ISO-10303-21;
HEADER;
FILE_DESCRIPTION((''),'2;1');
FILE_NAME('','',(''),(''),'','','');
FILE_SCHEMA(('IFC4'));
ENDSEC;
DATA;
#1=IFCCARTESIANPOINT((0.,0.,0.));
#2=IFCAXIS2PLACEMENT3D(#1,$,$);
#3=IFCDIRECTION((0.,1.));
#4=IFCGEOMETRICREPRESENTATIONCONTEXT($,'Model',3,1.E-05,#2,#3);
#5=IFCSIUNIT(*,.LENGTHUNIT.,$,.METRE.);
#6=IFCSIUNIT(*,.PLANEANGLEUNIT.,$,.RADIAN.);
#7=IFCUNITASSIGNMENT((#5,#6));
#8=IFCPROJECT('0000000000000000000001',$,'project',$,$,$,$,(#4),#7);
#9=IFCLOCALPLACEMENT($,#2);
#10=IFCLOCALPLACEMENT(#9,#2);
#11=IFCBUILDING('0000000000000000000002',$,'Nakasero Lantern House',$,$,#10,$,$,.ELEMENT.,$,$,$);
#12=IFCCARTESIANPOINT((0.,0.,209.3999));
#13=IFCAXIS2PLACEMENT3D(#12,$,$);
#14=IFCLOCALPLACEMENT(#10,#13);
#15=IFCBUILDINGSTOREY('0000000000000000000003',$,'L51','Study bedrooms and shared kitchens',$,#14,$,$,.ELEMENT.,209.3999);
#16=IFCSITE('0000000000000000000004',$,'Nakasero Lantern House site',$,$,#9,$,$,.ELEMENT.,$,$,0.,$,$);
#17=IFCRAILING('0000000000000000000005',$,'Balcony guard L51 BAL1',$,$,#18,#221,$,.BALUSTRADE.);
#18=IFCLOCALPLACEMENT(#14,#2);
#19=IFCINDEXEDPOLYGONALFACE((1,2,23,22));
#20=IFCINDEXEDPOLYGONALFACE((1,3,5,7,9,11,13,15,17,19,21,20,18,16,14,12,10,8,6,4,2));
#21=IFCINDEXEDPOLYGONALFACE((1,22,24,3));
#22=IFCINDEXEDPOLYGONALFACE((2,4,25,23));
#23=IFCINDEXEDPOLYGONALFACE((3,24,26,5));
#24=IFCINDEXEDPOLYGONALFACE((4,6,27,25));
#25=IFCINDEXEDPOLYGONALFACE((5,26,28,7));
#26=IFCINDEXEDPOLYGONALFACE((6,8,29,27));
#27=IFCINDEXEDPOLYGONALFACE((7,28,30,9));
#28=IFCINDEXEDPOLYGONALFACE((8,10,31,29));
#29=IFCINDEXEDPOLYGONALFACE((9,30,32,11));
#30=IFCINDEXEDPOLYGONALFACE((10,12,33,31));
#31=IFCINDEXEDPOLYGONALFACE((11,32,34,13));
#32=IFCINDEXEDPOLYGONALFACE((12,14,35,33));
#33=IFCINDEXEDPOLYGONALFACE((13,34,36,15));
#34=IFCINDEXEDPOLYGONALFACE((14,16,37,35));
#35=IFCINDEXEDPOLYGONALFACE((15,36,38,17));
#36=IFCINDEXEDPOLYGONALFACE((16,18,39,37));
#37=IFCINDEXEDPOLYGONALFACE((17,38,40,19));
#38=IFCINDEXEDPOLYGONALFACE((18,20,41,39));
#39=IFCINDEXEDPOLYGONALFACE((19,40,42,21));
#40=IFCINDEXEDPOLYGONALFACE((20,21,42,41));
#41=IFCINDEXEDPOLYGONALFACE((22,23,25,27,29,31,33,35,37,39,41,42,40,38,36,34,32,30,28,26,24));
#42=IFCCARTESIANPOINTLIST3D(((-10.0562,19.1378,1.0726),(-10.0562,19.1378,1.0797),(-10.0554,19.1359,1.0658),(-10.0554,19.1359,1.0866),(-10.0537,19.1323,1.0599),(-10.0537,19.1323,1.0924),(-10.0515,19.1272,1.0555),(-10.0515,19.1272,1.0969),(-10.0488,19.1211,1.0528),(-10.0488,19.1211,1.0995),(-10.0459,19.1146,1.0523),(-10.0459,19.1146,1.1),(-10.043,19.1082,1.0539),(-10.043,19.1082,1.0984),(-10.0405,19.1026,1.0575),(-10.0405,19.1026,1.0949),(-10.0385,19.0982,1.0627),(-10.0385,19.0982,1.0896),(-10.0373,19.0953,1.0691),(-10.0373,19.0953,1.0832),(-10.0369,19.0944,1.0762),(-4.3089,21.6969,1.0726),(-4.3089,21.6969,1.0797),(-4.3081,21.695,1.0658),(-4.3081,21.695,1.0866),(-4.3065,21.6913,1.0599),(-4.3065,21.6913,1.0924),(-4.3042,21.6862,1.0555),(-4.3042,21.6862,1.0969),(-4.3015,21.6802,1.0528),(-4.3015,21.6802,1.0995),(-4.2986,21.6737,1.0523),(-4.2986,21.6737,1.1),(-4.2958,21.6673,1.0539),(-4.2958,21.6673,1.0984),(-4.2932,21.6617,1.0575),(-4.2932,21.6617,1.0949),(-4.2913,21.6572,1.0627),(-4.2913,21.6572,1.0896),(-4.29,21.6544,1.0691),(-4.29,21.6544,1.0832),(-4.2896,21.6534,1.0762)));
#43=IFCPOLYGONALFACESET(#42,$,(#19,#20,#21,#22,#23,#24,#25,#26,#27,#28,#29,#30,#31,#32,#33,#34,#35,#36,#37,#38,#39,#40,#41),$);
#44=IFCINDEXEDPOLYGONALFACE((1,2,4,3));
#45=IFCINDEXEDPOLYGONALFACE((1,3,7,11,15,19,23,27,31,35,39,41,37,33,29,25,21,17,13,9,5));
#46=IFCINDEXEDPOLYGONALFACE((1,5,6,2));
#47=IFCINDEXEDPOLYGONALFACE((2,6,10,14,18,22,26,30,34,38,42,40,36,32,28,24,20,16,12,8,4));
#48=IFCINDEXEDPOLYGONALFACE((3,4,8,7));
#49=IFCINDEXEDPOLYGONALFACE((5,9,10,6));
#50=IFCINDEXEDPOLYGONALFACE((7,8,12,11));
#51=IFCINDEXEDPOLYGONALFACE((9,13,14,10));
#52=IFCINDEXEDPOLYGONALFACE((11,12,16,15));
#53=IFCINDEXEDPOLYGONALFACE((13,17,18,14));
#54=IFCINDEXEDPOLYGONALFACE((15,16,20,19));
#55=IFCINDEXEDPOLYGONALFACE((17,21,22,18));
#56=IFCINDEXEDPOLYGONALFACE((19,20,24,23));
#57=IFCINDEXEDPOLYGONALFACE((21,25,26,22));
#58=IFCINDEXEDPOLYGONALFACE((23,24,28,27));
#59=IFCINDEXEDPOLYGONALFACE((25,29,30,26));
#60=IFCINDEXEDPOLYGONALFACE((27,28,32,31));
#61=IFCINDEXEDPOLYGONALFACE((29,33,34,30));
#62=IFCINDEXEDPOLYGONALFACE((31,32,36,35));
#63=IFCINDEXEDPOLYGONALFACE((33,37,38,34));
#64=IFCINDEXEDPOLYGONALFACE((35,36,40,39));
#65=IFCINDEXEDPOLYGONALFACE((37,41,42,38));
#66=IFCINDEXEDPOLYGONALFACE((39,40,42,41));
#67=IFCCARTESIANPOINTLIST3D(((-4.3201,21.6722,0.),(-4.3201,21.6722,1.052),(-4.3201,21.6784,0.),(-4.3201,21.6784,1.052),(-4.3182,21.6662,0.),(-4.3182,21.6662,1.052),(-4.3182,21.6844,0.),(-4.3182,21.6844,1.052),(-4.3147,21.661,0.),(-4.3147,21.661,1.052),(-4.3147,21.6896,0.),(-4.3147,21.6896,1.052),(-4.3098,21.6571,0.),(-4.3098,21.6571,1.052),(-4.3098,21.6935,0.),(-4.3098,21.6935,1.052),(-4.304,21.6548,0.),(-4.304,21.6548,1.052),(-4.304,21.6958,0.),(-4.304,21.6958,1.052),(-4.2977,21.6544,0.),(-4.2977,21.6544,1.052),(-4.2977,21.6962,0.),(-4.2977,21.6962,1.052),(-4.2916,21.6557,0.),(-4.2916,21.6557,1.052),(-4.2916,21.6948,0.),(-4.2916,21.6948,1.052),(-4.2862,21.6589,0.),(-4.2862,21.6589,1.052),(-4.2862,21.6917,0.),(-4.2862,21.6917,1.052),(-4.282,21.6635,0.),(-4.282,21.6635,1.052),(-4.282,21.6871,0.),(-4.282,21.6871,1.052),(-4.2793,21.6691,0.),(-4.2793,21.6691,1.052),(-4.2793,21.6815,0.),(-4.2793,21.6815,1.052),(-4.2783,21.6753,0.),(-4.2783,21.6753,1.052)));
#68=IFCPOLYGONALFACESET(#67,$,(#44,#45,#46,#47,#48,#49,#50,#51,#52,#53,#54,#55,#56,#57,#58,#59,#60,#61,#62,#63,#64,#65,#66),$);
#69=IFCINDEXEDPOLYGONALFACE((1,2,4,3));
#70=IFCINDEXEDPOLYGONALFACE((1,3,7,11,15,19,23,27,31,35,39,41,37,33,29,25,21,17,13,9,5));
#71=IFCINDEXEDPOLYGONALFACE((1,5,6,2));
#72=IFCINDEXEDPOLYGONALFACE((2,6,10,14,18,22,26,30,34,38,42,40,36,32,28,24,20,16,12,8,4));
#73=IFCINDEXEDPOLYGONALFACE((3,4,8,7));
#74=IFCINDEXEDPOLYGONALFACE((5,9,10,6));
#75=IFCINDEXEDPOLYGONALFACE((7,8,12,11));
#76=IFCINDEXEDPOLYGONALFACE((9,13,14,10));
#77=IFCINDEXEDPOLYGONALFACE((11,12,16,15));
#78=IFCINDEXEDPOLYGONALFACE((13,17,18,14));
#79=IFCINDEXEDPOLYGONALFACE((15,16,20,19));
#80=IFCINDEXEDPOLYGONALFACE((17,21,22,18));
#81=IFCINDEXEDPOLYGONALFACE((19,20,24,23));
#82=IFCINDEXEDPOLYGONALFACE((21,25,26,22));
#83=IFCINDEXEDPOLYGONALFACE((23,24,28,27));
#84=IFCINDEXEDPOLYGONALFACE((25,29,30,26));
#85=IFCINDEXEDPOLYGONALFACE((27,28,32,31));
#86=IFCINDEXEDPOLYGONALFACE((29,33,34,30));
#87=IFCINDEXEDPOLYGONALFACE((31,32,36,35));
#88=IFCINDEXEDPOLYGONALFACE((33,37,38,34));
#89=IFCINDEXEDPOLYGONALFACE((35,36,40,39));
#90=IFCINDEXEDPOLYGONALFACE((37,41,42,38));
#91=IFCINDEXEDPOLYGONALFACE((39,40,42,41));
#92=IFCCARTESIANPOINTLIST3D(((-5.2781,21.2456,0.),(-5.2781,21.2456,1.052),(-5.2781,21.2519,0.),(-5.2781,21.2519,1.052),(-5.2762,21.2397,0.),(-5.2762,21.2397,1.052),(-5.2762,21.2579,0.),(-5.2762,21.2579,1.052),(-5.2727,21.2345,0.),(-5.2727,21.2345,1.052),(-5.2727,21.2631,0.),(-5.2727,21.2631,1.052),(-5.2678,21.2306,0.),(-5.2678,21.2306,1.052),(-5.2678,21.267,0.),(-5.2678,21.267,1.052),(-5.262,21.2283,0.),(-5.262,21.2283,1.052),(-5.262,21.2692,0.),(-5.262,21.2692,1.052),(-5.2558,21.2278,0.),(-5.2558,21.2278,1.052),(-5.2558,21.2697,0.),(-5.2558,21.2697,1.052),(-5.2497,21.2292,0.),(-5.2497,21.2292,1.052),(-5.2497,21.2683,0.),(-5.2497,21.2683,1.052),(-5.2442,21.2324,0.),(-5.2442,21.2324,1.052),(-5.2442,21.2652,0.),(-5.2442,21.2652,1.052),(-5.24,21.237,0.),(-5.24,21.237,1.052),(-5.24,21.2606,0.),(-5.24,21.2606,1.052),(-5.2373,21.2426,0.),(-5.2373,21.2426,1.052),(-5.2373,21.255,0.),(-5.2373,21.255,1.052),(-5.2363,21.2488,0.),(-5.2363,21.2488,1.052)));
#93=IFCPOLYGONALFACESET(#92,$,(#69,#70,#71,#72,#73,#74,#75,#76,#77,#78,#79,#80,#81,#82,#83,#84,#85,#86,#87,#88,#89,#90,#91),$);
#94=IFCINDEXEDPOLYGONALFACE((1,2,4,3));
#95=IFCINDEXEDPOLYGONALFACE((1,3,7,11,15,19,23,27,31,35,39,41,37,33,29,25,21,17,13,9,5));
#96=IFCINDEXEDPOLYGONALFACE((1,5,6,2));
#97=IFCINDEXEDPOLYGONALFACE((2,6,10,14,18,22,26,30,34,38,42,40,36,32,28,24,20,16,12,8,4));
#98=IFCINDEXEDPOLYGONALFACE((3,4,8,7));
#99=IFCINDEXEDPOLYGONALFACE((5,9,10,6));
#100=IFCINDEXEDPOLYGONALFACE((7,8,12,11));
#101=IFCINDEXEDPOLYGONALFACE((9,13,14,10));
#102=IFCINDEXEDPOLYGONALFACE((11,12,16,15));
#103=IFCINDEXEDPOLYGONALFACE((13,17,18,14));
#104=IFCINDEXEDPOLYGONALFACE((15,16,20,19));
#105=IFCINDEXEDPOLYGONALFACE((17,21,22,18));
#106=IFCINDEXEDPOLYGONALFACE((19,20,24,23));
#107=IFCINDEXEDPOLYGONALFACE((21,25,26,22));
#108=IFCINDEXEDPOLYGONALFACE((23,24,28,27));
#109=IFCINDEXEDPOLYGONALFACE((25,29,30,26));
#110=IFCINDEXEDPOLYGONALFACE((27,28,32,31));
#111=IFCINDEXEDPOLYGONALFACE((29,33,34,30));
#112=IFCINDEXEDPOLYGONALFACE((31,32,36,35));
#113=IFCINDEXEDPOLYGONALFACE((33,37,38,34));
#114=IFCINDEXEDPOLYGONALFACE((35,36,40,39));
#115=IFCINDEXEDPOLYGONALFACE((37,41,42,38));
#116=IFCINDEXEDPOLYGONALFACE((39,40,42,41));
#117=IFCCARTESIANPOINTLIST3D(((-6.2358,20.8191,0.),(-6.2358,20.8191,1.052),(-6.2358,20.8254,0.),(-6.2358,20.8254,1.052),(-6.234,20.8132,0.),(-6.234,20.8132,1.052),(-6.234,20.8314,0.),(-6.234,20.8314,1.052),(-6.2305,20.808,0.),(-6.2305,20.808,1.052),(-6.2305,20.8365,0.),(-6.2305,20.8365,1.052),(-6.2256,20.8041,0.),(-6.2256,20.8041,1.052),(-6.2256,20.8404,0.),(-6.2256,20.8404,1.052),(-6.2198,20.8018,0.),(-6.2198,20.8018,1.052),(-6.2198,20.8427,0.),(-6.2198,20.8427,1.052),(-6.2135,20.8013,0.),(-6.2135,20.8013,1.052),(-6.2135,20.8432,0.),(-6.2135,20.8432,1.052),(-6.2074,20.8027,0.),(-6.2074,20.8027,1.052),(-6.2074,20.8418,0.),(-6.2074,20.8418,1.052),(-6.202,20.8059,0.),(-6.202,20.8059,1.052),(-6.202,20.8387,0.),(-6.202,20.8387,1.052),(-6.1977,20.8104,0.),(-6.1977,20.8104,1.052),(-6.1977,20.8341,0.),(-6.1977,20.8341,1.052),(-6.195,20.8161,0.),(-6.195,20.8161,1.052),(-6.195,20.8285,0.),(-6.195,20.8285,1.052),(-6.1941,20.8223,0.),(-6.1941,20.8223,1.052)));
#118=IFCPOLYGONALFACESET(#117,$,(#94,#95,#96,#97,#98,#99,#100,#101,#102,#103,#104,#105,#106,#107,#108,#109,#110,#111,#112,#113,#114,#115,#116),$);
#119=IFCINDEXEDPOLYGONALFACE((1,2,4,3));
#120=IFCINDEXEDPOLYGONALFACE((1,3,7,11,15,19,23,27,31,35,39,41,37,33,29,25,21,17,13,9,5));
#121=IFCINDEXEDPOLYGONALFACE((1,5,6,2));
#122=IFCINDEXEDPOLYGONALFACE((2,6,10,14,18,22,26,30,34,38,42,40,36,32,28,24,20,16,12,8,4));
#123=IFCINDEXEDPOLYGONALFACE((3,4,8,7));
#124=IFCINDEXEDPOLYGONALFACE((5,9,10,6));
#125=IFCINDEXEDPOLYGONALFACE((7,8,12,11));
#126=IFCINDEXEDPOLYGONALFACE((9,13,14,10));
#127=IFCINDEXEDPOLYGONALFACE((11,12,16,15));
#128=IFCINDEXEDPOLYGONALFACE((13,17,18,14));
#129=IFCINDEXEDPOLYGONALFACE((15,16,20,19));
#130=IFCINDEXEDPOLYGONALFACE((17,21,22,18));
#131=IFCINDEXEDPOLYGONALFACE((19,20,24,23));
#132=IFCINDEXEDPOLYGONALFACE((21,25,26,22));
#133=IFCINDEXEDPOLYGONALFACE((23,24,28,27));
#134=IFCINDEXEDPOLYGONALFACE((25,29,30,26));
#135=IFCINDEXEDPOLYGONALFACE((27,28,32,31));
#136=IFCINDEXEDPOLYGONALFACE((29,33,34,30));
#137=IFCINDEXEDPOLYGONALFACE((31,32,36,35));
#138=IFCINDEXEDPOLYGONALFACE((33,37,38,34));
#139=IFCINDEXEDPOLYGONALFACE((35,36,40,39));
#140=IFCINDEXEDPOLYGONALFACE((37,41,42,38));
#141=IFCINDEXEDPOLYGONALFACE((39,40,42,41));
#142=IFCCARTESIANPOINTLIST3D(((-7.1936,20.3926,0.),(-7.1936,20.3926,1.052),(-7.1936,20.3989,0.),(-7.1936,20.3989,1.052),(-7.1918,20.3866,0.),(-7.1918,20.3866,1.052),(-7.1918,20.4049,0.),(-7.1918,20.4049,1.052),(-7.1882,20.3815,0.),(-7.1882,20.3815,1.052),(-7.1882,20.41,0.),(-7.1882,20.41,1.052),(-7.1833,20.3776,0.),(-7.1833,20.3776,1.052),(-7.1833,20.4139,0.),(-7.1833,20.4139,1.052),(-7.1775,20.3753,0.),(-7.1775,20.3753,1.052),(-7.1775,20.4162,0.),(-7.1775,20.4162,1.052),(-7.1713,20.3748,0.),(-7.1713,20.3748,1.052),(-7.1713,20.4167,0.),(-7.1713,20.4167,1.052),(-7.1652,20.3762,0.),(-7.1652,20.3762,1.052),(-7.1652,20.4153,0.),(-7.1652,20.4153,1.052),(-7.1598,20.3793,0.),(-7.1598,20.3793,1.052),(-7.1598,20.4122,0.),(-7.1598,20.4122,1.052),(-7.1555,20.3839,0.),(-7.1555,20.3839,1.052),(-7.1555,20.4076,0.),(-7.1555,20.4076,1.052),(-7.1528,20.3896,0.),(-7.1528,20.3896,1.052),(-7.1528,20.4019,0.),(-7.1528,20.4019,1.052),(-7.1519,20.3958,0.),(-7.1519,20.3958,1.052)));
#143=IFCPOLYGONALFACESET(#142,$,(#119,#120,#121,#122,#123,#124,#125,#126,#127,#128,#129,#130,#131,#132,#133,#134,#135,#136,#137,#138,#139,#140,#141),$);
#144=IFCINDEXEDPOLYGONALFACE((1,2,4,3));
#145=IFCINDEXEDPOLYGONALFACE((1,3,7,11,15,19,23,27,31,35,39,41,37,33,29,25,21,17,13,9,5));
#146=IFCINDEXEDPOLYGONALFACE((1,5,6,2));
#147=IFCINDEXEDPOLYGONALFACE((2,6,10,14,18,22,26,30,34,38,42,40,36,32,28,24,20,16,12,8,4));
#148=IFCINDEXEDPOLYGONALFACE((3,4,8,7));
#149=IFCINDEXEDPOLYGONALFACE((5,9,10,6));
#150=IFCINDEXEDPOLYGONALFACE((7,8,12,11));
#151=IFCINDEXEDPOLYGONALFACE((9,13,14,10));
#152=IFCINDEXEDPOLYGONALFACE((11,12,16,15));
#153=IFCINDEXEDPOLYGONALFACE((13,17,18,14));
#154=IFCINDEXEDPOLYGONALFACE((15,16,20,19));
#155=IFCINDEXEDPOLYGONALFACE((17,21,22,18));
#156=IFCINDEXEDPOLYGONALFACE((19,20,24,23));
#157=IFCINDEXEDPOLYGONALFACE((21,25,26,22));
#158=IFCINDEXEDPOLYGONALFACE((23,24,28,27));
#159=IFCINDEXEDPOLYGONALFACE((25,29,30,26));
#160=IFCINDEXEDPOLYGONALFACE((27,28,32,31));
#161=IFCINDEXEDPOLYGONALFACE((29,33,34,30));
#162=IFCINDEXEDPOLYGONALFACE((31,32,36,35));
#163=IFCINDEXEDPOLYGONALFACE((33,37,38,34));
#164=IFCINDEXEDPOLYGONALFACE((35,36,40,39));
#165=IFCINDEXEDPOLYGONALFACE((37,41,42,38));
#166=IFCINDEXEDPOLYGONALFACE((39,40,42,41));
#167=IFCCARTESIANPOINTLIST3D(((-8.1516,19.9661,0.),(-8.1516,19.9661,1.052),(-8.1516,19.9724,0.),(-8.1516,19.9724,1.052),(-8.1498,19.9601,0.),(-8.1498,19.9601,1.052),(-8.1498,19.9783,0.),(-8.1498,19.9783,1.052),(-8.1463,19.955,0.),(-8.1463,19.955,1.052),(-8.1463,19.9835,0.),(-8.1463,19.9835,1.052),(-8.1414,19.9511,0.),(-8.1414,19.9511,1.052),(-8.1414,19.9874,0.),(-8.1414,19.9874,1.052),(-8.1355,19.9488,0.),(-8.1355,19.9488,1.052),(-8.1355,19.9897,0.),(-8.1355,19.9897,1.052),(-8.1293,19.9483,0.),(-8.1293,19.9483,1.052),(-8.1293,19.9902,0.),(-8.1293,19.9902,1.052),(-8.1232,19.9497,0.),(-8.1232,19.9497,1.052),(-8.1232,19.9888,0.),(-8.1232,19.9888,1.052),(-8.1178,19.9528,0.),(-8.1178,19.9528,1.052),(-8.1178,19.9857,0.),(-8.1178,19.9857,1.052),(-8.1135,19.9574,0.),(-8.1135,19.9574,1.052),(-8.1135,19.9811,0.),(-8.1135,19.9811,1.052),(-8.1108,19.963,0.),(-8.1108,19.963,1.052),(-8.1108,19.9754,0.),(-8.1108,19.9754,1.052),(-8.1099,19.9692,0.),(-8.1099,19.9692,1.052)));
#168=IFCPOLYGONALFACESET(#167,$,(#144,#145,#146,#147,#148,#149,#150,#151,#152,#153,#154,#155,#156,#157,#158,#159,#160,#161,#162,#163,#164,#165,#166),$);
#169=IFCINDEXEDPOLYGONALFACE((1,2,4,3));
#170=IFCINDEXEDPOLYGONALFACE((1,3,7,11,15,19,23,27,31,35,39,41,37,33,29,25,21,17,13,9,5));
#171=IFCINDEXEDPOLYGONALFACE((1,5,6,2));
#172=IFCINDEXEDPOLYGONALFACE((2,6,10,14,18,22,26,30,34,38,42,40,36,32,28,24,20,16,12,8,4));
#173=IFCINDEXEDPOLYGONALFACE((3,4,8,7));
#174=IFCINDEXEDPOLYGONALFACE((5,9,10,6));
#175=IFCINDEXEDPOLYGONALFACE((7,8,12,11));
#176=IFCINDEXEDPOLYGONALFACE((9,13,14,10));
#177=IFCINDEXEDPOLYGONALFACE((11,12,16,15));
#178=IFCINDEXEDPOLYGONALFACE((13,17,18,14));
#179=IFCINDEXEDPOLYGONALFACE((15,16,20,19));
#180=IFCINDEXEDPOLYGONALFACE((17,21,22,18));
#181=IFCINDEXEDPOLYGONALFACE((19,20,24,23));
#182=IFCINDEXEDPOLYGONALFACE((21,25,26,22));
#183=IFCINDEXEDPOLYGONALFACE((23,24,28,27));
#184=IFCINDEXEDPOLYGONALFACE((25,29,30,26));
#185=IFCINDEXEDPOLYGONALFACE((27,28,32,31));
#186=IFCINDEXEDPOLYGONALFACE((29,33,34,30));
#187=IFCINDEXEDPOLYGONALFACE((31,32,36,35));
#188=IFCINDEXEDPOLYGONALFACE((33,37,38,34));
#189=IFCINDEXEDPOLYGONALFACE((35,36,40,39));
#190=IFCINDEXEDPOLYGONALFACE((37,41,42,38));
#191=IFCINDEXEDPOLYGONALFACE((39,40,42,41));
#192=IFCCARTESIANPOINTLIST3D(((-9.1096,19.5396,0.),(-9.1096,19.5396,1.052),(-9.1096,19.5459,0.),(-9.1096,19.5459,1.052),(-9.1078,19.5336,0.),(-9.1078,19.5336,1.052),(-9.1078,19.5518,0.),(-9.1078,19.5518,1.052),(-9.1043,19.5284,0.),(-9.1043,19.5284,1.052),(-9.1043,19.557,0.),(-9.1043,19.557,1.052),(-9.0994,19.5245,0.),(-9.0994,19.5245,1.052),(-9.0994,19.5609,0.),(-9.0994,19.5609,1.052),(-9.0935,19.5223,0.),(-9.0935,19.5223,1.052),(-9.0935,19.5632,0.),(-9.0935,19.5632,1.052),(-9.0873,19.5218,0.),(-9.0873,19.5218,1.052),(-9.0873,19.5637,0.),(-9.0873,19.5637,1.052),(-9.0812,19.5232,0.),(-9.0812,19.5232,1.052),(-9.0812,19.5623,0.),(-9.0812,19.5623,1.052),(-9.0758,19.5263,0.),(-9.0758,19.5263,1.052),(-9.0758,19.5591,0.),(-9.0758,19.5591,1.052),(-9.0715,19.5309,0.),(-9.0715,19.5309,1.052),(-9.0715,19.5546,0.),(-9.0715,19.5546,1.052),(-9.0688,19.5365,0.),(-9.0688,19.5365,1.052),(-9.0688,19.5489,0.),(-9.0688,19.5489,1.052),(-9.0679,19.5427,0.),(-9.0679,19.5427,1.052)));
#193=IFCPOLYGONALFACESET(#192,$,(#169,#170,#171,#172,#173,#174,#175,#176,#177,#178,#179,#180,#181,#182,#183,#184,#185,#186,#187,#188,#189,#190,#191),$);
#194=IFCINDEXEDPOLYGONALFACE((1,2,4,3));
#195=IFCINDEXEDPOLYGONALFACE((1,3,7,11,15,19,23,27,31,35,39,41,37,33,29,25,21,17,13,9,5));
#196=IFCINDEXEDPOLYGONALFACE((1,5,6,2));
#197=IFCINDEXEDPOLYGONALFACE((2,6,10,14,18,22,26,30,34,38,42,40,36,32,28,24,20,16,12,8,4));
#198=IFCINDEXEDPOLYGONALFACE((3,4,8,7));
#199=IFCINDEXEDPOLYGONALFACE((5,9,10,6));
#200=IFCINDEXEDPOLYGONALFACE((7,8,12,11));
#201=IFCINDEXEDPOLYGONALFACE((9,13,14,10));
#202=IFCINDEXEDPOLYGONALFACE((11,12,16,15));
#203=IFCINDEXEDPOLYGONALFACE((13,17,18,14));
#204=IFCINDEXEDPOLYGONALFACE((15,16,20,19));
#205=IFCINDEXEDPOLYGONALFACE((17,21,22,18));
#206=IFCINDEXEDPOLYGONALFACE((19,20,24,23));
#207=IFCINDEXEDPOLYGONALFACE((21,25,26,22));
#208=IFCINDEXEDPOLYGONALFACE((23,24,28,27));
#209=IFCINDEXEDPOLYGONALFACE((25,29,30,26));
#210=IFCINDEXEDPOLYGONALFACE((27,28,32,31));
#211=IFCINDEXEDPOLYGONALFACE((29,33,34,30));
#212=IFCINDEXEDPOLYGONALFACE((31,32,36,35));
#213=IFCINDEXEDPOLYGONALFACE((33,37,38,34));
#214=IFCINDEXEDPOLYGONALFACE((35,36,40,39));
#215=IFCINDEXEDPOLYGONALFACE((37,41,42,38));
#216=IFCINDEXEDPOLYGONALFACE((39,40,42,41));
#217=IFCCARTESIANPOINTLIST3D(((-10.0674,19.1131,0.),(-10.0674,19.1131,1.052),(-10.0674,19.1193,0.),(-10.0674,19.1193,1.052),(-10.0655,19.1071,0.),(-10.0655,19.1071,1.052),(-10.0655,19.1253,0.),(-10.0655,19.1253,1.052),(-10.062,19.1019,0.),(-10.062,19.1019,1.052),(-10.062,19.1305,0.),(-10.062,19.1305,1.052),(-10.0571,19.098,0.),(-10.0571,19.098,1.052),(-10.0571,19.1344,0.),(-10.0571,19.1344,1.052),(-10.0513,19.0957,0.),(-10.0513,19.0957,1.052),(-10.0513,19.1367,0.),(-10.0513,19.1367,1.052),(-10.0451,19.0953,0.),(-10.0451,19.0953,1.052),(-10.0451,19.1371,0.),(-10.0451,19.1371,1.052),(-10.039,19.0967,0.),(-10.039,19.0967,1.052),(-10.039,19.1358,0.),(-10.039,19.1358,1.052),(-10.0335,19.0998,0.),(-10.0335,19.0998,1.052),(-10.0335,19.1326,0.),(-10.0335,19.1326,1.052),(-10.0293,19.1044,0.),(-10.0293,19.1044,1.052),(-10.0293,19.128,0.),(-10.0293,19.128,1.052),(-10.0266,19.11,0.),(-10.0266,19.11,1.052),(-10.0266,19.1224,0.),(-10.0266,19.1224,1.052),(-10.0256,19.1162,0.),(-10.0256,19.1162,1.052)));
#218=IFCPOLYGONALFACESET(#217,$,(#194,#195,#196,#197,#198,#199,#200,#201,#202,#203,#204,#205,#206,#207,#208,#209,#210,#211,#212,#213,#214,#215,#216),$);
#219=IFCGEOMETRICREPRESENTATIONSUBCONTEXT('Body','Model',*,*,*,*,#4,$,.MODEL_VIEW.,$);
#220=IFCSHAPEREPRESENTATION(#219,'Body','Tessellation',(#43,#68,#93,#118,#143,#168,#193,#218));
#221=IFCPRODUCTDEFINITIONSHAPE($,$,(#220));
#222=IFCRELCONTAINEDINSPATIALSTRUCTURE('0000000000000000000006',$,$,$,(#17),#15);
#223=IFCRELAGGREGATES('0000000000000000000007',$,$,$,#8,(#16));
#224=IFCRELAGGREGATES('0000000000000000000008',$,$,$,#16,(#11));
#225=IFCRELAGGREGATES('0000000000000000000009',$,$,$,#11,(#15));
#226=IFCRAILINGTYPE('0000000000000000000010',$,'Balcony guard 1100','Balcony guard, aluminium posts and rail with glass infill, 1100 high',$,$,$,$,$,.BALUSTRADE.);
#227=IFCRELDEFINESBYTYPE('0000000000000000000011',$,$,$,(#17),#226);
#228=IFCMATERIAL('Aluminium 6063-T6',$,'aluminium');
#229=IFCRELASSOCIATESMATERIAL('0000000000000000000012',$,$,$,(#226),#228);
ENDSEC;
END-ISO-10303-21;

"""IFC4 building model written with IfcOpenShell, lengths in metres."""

from ifc_helpers import new_model, si_unit, direction, frame, origin, origin_2d, place, context, subcontext, project, spatial, circle, extrude, material, type_object, element, save


model = new_model("IFC4")

# Units and contexts
model_context = context("Model", 3, precision=1e-05, world=origin(), true_north=direction((0.0, 1.0)))
body_context = subcontext(model_context, "Body", "Model", "MODEL_VIEW")
ifc_project = project(units=[si_unit("LENGTHUNIT", "METRE"), si_unit("PLANEANGLEUNIT", "RADIAN")], contexts=[model_context])

# Site, building, storey
site_placement = place(None, origin())
site = spatial("IfcSite", under=ifc_project, at=site_placement, Name="Nakasero Lantern House site", CompositionType="ELEMENT", RefElevation=0.0)
building_placement = place(site_placement, origin())
building = spatial("IfcBuilding", under=site, at=building_placement, Name="Nakasero Lantern House", CompositionType="ELEMENT")
storey_placement = place(building_placement, frame((0.0, 0.0, 209.3999)))
storey = spatial("IfcBuildingStorey", under=building, at=storey_placement, Name="L51", Description="Study bedrooms and shared kitchens", CompositionType="ELEMENT", Elevation=209.3999)

# Railing
ifc_material_1 = material(Name="Aluminium 6063-T6", Category="aluminium")
railing_type = type_object("IfcRailingType", Name="Balcony guard 1100", Description="Balcony guard, aluminium posts and rail with glass infill, 1100 high", PredefinedType="BALUSTRADE", material=ifc_material_1)
railing_placement = place(storey_placement, frame((-4.2993, 21.6753, 0.0)))
element("IfcRailing", 1, at=railing_placement, inside=storey, type_object=railing_type, Name="Balcony guard L51 BAL1", PredefinedType="BALUSTRADE", context=body_context, shape_type="SweptSolid", body=[
    extrude(circle(Radius=0.0239, at=origin_2d()), frame((0.0, 0.0, 1.0762), z_axis=(-0.913533, -0.406765, 0.0), x_axis=(0.406765, -0.913533, 0.0)), (0.0, 0.0, 1.0), 6.2913),
    extrude(circle(Radius=0.021, at=origin_2d()), origin(), (0.0, 0.0, 1.0), 1.052),
    extrude(circle(Radius=0.021, at=origin_2d()), frame((-0.958, -0.4265, 0.0)), (0.0, 0.0, 1.0), 1.052),
    extrude(circle(Radius=0.021, at=origin_2d()), frame((-1.9158, -0.853, 0.0)), (0.0, 0.0, 1.0), 1.052),
    extrude(circle(Radius=0.021, at=origin_2d()), frame((-2.8735, -1.2795, 0.0)), (0.0, 0.0, 1.0), 1.052),
    extrude(circle(Radius=0.021, at=origin_2d()), frame((-3.8315, -1.7061, 0.0)), (0.0, 0.0, 1.0), 1.052),
    extrude(circle(Radius=0.021, at=origin_2d()), frame((-4.7896, -2.1326, 0.0)), (0.0, 0.0, 1.0), 1.052),
    extrude(circle(Radius=0.021, at=origin_2d()), frame((-5.7473, -2.5591, 0.0)), (0.0, 0.0, 1.0), 1.052),
])

save(model, "model.ifc")
